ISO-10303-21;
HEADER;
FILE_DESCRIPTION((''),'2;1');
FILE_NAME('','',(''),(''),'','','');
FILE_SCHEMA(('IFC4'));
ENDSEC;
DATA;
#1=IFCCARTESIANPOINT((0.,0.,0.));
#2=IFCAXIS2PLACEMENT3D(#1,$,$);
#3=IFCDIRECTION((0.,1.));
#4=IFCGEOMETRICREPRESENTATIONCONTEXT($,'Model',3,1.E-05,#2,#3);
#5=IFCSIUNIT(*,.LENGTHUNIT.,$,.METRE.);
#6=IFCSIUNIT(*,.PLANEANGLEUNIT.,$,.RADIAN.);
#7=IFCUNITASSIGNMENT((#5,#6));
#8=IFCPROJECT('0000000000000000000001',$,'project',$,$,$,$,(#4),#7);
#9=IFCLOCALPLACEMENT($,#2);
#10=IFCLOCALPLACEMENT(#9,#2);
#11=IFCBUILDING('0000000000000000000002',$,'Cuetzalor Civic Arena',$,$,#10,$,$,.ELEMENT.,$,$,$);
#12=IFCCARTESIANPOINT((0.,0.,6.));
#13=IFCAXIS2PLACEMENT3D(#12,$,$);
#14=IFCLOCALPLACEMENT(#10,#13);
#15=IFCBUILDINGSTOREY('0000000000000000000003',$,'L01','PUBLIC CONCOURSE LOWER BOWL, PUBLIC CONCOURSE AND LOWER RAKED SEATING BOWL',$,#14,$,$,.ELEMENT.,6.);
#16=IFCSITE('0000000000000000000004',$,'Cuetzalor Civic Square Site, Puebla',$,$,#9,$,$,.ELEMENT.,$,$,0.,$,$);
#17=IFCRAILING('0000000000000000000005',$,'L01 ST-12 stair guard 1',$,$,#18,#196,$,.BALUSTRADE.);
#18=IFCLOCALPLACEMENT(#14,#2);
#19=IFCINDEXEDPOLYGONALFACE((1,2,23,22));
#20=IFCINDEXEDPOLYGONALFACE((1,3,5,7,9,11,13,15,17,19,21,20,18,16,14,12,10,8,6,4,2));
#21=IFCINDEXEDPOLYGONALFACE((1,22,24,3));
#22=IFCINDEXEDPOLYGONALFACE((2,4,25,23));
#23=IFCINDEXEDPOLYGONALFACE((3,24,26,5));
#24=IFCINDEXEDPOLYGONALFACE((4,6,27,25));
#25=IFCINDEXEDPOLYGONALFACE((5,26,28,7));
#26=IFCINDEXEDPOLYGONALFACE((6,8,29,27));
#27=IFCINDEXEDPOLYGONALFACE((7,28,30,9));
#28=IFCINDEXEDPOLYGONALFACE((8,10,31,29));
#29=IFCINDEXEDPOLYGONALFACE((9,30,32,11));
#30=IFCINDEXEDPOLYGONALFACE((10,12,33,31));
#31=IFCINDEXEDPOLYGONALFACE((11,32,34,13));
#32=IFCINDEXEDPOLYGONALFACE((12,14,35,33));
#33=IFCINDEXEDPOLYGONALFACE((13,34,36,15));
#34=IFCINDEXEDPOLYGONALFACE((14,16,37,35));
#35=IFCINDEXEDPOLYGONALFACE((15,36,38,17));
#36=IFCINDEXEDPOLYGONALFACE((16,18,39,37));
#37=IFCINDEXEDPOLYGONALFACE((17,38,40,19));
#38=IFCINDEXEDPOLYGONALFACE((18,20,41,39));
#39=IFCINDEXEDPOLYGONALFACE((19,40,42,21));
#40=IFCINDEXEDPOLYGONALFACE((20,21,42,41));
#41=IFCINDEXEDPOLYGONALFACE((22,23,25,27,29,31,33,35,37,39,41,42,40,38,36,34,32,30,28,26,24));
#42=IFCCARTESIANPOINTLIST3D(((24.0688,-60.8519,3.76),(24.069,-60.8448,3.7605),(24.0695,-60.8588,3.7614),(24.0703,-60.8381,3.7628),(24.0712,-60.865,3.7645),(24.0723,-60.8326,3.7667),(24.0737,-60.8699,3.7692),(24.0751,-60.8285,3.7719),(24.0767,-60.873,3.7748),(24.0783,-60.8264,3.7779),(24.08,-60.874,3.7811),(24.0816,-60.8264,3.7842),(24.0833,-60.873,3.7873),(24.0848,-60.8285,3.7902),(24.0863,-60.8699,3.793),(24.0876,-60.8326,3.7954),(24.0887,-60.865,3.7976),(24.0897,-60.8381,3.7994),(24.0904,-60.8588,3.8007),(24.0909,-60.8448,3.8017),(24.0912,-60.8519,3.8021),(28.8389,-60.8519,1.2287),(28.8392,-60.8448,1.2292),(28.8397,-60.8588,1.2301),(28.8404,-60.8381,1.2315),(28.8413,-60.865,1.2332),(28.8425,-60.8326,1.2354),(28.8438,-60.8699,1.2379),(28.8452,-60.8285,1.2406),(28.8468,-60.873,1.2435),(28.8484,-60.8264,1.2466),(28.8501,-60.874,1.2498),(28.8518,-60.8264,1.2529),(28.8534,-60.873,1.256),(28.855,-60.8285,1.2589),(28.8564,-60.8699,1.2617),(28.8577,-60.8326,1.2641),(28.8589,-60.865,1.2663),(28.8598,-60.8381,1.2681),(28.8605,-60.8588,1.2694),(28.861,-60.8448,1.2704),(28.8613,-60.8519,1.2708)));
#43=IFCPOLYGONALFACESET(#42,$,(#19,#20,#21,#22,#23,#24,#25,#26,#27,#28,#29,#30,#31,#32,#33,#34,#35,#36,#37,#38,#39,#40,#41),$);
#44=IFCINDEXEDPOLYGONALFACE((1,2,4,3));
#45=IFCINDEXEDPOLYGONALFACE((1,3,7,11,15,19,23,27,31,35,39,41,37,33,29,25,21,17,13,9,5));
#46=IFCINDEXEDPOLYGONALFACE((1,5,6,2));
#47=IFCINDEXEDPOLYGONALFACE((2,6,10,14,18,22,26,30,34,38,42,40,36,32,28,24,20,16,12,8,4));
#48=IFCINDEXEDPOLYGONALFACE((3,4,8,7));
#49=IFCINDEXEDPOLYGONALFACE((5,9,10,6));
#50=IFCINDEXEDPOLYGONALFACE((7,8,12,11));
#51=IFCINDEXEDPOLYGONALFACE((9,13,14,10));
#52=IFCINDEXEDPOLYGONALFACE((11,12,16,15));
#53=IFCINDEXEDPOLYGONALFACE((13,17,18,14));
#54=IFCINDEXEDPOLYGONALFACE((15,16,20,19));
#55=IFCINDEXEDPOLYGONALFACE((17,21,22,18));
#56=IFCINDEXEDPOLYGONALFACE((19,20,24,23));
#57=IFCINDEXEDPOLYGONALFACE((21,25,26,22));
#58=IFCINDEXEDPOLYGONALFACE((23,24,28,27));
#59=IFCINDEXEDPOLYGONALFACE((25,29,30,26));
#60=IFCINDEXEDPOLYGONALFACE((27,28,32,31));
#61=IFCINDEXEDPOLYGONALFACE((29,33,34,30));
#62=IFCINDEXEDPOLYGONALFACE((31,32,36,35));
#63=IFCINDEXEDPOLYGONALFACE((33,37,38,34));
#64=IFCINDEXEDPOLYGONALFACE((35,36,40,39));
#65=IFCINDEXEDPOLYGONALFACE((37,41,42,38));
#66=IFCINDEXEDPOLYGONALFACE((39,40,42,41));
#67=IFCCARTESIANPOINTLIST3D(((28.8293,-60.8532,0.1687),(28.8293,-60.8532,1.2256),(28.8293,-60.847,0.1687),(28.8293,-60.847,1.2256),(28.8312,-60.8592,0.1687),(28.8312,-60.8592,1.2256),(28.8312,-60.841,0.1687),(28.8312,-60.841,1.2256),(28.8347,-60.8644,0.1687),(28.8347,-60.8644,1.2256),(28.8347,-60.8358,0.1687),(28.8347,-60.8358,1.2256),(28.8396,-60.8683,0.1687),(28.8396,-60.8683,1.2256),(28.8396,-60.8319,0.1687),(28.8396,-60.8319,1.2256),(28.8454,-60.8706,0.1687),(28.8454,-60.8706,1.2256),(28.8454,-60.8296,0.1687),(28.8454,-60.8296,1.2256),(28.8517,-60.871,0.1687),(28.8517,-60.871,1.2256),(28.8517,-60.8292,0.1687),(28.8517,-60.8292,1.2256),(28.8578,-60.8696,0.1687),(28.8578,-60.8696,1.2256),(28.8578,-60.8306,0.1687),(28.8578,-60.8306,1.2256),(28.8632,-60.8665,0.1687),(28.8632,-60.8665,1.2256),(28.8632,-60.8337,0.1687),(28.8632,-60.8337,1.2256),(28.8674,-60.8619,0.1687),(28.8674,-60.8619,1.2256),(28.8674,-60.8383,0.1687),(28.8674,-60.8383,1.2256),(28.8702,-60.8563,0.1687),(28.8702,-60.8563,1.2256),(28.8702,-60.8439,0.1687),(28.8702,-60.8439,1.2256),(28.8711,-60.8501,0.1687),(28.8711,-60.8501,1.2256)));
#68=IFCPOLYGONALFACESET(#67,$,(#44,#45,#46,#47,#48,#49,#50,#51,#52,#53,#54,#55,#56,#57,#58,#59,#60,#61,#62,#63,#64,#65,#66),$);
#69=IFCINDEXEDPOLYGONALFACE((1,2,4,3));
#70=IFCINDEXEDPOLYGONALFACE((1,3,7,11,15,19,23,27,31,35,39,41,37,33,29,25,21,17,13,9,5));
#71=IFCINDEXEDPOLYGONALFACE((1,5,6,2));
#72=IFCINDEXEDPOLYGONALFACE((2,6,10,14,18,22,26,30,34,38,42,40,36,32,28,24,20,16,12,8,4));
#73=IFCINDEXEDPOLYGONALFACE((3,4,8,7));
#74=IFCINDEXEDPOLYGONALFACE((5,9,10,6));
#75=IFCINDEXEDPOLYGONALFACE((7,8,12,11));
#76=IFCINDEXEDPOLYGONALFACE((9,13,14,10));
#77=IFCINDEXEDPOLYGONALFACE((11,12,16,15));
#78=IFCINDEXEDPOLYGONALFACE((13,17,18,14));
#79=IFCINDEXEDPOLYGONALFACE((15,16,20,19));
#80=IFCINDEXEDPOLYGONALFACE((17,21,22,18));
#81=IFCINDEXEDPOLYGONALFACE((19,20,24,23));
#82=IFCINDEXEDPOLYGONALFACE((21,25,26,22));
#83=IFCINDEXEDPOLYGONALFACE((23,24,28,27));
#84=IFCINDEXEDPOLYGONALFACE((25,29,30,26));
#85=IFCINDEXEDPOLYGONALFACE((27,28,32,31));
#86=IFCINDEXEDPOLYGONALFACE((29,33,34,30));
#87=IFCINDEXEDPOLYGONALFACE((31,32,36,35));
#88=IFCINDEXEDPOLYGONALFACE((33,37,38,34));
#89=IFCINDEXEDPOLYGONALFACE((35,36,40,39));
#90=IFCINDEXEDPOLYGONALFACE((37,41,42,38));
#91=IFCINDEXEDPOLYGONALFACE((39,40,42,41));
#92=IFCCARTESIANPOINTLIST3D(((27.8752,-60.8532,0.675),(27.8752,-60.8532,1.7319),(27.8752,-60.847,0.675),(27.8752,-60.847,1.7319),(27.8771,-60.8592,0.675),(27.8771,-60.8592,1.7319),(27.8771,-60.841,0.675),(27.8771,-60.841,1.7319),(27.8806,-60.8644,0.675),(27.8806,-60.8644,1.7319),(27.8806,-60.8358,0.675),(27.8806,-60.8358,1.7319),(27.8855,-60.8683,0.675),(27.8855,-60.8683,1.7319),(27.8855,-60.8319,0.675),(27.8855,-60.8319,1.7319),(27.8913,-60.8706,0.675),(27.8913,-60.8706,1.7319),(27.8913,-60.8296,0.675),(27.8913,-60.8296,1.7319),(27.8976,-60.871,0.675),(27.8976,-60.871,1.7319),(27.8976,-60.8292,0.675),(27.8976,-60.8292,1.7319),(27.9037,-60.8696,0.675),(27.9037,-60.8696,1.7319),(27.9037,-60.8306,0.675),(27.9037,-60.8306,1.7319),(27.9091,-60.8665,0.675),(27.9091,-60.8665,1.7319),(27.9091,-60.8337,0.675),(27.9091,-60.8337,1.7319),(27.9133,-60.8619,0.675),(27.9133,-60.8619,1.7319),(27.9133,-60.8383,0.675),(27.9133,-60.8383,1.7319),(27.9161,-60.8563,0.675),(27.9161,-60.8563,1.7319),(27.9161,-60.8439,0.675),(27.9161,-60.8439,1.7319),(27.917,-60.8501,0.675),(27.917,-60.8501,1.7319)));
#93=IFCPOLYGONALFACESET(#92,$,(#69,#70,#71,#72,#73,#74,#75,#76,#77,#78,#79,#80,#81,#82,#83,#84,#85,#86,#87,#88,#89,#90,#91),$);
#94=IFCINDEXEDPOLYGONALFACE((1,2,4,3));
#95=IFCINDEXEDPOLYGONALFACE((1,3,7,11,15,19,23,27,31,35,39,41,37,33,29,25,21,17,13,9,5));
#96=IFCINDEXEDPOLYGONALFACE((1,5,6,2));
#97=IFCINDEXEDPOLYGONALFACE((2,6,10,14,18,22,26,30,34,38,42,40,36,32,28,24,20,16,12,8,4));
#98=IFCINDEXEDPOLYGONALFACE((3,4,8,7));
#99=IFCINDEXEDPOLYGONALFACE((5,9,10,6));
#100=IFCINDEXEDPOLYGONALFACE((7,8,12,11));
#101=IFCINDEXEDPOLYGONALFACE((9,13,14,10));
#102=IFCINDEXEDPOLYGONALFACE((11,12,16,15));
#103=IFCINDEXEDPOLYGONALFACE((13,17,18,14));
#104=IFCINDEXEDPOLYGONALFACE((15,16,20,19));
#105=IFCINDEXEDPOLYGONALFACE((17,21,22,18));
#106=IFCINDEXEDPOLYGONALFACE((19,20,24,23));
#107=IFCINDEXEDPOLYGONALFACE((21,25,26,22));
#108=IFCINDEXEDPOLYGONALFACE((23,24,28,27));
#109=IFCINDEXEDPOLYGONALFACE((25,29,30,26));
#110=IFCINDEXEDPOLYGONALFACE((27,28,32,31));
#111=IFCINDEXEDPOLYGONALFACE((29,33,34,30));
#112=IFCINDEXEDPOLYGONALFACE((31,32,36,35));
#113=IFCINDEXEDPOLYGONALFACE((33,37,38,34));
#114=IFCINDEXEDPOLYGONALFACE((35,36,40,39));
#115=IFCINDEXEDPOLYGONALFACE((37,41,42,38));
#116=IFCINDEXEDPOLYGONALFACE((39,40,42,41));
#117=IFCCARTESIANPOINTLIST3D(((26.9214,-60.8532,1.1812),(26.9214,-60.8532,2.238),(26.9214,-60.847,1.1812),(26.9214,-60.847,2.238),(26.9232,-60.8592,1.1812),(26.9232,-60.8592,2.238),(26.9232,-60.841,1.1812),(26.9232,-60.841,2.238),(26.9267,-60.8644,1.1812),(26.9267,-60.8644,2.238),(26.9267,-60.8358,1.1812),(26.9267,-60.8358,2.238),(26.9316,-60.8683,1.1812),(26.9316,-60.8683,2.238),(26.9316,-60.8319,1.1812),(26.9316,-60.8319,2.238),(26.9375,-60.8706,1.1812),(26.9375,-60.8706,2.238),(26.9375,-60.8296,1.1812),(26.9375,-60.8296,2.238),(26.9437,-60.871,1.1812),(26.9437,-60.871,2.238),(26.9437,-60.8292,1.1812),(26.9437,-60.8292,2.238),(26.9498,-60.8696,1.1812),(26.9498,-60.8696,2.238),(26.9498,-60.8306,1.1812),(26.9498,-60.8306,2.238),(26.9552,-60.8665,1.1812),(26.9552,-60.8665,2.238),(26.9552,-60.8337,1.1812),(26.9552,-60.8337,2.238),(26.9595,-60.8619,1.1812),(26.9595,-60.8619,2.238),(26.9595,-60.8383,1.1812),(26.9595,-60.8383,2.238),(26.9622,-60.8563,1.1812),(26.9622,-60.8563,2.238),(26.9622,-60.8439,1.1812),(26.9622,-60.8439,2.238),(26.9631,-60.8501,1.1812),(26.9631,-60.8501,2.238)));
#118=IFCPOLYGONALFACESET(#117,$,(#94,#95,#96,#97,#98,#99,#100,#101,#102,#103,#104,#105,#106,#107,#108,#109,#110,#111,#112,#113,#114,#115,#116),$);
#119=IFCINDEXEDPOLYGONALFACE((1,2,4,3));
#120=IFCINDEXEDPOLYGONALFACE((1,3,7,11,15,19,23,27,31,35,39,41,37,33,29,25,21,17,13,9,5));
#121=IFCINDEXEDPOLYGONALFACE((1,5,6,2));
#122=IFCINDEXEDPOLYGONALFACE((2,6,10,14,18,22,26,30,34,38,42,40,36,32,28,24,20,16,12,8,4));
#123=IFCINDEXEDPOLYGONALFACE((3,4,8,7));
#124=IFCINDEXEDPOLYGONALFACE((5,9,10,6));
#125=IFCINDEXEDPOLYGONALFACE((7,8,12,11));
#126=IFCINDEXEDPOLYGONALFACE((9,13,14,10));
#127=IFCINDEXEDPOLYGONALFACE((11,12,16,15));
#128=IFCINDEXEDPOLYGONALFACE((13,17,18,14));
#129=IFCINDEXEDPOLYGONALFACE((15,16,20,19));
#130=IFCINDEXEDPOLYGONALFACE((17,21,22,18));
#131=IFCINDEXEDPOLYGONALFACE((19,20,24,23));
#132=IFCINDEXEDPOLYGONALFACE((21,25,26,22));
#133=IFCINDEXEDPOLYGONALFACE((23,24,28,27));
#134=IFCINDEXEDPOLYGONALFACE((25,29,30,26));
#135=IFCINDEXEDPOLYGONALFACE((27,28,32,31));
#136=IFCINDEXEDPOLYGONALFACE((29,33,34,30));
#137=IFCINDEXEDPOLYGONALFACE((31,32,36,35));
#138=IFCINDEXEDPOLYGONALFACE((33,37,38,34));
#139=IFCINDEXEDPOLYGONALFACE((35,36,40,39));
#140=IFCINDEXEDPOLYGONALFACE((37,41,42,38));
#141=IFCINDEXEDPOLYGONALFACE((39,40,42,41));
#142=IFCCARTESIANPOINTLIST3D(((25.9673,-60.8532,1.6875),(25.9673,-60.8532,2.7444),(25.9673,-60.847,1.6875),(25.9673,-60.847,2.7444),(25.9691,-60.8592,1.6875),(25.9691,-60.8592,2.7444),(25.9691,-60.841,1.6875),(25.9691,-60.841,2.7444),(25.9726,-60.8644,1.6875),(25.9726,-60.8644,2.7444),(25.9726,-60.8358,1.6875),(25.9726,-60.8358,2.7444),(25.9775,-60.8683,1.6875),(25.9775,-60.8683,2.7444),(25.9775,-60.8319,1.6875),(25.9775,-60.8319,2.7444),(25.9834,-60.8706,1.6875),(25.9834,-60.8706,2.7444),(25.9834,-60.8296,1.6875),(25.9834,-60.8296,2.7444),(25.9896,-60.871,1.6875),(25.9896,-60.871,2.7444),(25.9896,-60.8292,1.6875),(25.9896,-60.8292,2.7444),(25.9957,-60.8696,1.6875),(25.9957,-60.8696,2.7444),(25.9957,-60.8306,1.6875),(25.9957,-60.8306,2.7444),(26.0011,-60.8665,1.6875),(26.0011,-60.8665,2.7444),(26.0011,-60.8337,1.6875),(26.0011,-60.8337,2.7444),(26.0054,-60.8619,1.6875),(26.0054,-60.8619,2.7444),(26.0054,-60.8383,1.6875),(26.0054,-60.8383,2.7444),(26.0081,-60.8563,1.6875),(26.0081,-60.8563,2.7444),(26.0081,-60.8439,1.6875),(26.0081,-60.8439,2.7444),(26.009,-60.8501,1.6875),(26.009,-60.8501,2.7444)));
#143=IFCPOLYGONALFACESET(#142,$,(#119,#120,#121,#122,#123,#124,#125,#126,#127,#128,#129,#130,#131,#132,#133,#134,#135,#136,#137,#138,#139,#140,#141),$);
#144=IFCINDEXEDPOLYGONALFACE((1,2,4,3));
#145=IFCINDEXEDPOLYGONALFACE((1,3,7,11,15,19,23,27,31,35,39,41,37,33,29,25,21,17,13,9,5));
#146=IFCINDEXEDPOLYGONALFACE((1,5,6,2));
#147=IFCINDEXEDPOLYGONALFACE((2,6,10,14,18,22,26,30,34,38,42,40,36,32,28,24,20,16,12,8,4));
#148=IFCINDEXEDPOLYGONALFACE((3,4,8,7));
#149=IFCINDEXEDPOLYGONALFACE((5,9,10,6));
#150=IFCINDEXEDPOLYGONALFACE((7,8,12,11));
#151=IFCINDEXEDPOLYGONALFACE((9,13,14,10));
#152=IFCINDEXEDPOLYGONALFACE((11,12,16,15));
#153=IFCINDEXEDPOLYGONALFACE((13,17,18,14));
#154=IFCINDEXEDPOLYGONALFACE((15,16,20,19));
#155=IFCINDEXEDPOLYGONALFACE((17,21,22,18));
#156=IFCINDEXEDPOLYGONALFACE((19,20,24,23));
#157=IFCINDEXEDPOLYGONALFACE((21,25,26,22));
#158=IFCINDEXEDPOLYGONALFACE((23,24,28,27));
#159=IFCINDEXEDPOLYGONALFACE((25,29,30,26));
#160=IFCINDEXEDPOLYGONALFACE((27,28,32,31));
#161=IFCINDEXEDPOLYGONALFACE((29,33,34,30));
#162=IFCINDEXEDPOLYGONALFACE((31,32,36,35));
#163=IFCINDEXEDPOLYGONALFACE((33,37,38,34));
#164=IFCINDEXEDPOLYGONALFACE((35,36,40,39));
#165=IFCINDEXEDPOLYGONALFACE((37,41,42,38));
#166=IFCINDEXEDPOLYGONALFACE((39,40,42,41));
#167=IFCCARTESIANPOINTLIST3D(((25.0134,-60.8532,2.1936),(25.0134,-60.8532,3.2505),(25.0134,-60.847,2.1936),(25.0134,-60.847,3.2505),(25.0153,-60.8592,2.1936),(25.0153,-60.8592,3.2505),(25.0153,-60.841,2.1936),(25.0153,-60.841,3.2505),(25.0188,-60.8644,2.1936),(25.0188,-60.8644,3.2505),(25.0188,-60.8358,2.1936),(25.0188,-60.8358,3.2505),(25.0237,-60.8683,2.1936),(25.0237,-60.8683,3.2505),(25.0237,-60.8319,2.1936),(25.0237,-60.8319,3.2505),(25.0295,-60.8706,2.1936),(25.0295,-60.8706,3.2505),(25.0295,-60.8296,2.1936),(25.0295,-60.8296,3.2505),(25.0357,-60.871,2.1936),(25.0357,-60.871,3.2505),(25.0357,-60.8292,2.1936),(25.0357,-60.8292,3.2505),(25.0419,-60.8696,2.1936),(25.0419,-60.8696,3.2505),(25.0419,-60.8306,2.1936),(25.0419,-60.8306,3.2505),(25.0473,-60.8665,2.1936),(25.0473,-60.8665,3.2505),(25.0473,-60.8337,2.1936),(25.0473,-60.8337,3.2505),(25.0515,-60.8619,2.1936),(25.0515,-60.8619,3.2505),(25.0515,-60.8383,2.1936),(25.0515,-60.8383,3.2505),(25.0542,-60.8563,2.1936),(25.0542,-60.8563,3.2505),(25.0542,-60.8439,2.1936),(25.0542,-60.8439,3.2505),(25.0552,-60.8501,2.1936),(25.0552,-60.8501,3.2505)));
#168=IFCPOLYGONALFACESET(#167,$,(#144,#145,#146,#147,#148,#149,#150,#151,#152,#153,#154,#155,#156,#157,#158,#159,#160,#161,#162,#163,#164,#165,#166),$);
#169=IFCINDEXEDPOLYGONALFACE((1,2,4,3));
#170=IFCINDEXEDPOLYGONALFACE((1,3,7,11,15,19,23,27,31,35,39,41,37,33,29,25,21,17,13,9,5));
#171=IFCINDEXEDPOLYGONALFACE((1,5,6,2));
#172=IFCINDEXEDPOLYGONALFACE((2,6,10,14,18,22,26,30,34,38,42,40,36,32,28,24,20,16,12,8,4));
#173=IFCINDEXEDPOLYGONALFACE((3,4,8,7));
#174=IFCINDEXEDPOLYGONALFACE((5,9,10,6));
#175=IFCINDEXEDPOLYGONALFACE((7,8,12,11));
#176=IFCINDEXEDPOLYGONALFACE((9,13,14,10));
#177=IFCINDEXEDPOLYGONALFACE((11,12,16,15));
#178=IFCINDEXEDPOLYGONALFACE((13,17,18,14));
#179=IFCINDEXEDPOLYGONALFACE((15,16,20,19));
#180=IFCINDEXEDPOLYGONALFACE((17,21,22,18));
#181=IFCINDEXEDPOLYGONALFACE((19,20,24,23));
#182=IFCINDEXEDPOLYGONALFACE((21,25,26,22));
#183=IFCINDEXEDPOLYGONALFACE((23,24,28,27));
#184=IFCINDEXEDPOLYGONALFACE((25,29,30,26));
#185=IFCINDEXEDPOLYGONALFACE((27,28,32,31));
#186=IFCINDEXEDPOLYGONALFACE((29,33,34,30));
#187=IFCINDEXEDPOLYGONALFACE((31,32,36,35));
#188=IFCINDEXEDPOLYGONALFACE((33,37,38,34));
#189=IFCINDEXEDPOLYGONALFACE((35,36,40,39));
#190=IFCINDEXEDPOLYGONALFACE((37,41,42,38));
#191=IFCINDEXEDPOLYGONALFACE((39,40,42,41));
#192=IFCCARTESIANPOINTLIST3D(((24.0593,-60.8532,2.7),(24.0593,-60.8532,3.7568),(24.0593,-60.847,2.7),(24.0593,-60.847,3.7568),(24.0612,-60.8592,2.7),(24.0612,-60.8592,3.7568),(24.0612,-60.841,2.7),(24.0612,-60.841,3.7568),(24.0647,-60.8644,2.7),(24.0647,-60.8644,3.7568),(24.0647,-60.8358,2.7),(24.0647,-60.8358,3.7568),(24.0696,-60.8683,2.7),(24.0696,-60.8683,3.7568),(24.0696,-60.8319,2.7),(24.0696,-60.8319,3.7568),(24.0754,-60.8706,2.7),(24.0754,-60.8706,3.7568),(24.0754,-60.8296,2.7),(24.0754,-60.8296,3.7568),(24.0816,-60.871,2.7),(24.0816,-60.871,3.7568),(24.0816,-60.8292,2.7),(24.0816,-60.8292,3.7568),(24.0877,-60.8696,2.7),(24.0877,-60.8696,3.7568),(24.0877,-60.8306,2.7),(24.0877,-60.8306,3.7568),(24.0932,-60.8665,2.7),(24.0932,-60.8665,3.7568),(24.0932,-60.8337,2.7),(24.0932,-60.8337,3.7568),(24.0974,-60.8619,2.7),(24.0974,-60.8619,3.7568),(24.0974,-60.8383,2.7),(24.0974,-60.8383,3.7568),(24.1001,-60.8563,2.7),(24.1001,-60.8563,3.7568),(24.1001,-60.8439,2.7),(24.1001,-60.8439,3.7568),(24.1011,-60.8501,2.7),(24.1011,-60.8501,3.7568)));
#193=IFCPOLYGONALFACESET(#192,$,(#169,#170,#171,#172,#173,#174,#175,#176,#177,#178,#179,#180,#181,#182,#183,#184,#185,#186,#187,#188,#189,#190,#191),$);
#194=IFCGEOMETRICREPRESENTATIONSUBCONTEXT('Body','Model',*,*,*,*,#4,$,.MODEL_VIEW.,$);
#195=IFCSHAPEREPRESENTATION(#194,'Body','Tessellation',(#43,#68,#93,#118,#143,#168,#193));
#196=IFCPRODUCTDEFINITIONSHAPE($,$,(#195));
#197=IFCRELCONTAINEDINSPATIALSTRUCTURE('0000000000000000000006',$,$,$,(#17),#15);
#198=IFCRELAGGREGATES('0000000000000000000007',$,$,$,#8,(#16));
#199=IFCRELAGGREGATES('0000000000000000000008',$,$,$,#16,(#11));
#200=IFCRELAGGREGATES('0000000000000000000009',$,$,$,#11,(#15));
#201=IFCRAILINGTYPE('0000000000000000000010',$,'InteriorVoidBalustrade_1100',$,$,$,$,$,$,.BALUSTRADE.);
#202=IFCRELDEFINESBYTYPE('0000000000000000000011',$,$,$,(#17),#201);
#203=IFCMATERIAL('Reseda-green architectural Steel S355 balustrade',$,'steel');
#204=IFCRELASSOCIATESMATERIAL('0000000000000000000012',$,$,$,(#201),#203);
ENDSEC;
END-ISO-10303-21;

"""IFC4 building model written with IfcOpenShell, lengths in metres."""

from ifc_helpers import new_model, si_unit, direction, frame, origin, origin_2d, place, context, subcontext, project, spatial, circle, extrude, material, type_object, element, save


model = new_model("IFC4")

# Units and contexts
model_context = context("Model", 3, precision=1e-05, world=origin(), true_north=direction((0.0, 1.0)))
body_context = subcontext(model_context, "Body", "Model", "MODEL_VIEW")
ifc_project = project(units=[si_unit("LENGTHUNIT", "METRE"), si_unit("PLANEANGLEUNIT", "RADIAN")], contexts=[model_context])

# Site, building, storey
site_placement = place(None, origin())
site = spatial("IfcSite", under=ifc_project, at=site_placement, Name="Cuetzalor Civic Square Site, Puebla", CompositionType="ELEMENT", RefElevation=0.0)
building_placement = place(site_placement, origin())
building = spatial("IfcBuilding", under=site, at=building_placement, Name="Cuetzalor Civic Arena", CompositionType="ELEMENT")
storey_placement = place(building_placement, frame((0.0, 0.0, 6.0)))
storey = spatial("IfcBuildingStorey", under=building, at=storey_placement, Name="L01", Description="PUBLIC CONCOURSE LOWER BOWL, PUBLIC CONCOURSE AND LOWER RAKED SEATING BOWL", CompositionType="ELEMENT", Elevation=6.0)

# Railing
ifc_material_1 = material(Name="Reseda-green architectural Steel S355 balustrade", Category="steel")
railing_type_1 = type_object("IfcRailingType", Name="InteriorVoidBalustrade_1100", PredefinedType="BALUSTRADE", material=ifc_material_1)
railing_1_placement = place(storey_placement, frame((28.8501, -60.8501, 0.1687)))
element("IfcRailing", 1, at=railing_1_placement, inside=storey, type_object=railing_type_1, Name="L01 ST-12 stair guard 1", PredefinedType="BALUSTRADE", context=body_context, shape_type="SweptSolid", body=[
    extrude(circle(Radius=0.0239, at=origin_2d()), frame((0.0, 0.0, 1.0811), z_axis=(-0.883332, 0.0, 0.468747), x_axis=(0.0, -1.0, 0.0)), (0.0, 0.0, 1.0), 5.4001),
    extrude(circle(Radius=0.021, at=origin_2d()), origin(), (0.0, 0.0, 1.0), 1.0569),
    extrude(circle(Radius=0.021, at=origin_2d()), frame((-0.9541, 0.0, 0.5063)), (0.0, 0.0, 1.0), 1.0569),
    extrude(circle(Radius=0.021, at=origin_2d()), frame((-1.908, 0.0, 1.0125)), (0.0, 0.0, 1.0), 1.0569),
    extrude(circle(Radius=0.021, at=origin_2d()), frame((-2.8621, 0.0, 1.5188)), (0.0, 0.0, 1.0), 1.0569),
    extrude(circle(Radius=0.021, at=origin_2d()), frame((-3.8159, 0.0, 2.0249)), (0.0, 0.0, 1.0), 1.0569),
    extrude(circle(Radius=0.021, at=origin_2d()), frame((-4.77, 0.0, 2.5312)), (0.0, 0.0, 1.0), 1.0569),
])

save(model, "model.ifc")
